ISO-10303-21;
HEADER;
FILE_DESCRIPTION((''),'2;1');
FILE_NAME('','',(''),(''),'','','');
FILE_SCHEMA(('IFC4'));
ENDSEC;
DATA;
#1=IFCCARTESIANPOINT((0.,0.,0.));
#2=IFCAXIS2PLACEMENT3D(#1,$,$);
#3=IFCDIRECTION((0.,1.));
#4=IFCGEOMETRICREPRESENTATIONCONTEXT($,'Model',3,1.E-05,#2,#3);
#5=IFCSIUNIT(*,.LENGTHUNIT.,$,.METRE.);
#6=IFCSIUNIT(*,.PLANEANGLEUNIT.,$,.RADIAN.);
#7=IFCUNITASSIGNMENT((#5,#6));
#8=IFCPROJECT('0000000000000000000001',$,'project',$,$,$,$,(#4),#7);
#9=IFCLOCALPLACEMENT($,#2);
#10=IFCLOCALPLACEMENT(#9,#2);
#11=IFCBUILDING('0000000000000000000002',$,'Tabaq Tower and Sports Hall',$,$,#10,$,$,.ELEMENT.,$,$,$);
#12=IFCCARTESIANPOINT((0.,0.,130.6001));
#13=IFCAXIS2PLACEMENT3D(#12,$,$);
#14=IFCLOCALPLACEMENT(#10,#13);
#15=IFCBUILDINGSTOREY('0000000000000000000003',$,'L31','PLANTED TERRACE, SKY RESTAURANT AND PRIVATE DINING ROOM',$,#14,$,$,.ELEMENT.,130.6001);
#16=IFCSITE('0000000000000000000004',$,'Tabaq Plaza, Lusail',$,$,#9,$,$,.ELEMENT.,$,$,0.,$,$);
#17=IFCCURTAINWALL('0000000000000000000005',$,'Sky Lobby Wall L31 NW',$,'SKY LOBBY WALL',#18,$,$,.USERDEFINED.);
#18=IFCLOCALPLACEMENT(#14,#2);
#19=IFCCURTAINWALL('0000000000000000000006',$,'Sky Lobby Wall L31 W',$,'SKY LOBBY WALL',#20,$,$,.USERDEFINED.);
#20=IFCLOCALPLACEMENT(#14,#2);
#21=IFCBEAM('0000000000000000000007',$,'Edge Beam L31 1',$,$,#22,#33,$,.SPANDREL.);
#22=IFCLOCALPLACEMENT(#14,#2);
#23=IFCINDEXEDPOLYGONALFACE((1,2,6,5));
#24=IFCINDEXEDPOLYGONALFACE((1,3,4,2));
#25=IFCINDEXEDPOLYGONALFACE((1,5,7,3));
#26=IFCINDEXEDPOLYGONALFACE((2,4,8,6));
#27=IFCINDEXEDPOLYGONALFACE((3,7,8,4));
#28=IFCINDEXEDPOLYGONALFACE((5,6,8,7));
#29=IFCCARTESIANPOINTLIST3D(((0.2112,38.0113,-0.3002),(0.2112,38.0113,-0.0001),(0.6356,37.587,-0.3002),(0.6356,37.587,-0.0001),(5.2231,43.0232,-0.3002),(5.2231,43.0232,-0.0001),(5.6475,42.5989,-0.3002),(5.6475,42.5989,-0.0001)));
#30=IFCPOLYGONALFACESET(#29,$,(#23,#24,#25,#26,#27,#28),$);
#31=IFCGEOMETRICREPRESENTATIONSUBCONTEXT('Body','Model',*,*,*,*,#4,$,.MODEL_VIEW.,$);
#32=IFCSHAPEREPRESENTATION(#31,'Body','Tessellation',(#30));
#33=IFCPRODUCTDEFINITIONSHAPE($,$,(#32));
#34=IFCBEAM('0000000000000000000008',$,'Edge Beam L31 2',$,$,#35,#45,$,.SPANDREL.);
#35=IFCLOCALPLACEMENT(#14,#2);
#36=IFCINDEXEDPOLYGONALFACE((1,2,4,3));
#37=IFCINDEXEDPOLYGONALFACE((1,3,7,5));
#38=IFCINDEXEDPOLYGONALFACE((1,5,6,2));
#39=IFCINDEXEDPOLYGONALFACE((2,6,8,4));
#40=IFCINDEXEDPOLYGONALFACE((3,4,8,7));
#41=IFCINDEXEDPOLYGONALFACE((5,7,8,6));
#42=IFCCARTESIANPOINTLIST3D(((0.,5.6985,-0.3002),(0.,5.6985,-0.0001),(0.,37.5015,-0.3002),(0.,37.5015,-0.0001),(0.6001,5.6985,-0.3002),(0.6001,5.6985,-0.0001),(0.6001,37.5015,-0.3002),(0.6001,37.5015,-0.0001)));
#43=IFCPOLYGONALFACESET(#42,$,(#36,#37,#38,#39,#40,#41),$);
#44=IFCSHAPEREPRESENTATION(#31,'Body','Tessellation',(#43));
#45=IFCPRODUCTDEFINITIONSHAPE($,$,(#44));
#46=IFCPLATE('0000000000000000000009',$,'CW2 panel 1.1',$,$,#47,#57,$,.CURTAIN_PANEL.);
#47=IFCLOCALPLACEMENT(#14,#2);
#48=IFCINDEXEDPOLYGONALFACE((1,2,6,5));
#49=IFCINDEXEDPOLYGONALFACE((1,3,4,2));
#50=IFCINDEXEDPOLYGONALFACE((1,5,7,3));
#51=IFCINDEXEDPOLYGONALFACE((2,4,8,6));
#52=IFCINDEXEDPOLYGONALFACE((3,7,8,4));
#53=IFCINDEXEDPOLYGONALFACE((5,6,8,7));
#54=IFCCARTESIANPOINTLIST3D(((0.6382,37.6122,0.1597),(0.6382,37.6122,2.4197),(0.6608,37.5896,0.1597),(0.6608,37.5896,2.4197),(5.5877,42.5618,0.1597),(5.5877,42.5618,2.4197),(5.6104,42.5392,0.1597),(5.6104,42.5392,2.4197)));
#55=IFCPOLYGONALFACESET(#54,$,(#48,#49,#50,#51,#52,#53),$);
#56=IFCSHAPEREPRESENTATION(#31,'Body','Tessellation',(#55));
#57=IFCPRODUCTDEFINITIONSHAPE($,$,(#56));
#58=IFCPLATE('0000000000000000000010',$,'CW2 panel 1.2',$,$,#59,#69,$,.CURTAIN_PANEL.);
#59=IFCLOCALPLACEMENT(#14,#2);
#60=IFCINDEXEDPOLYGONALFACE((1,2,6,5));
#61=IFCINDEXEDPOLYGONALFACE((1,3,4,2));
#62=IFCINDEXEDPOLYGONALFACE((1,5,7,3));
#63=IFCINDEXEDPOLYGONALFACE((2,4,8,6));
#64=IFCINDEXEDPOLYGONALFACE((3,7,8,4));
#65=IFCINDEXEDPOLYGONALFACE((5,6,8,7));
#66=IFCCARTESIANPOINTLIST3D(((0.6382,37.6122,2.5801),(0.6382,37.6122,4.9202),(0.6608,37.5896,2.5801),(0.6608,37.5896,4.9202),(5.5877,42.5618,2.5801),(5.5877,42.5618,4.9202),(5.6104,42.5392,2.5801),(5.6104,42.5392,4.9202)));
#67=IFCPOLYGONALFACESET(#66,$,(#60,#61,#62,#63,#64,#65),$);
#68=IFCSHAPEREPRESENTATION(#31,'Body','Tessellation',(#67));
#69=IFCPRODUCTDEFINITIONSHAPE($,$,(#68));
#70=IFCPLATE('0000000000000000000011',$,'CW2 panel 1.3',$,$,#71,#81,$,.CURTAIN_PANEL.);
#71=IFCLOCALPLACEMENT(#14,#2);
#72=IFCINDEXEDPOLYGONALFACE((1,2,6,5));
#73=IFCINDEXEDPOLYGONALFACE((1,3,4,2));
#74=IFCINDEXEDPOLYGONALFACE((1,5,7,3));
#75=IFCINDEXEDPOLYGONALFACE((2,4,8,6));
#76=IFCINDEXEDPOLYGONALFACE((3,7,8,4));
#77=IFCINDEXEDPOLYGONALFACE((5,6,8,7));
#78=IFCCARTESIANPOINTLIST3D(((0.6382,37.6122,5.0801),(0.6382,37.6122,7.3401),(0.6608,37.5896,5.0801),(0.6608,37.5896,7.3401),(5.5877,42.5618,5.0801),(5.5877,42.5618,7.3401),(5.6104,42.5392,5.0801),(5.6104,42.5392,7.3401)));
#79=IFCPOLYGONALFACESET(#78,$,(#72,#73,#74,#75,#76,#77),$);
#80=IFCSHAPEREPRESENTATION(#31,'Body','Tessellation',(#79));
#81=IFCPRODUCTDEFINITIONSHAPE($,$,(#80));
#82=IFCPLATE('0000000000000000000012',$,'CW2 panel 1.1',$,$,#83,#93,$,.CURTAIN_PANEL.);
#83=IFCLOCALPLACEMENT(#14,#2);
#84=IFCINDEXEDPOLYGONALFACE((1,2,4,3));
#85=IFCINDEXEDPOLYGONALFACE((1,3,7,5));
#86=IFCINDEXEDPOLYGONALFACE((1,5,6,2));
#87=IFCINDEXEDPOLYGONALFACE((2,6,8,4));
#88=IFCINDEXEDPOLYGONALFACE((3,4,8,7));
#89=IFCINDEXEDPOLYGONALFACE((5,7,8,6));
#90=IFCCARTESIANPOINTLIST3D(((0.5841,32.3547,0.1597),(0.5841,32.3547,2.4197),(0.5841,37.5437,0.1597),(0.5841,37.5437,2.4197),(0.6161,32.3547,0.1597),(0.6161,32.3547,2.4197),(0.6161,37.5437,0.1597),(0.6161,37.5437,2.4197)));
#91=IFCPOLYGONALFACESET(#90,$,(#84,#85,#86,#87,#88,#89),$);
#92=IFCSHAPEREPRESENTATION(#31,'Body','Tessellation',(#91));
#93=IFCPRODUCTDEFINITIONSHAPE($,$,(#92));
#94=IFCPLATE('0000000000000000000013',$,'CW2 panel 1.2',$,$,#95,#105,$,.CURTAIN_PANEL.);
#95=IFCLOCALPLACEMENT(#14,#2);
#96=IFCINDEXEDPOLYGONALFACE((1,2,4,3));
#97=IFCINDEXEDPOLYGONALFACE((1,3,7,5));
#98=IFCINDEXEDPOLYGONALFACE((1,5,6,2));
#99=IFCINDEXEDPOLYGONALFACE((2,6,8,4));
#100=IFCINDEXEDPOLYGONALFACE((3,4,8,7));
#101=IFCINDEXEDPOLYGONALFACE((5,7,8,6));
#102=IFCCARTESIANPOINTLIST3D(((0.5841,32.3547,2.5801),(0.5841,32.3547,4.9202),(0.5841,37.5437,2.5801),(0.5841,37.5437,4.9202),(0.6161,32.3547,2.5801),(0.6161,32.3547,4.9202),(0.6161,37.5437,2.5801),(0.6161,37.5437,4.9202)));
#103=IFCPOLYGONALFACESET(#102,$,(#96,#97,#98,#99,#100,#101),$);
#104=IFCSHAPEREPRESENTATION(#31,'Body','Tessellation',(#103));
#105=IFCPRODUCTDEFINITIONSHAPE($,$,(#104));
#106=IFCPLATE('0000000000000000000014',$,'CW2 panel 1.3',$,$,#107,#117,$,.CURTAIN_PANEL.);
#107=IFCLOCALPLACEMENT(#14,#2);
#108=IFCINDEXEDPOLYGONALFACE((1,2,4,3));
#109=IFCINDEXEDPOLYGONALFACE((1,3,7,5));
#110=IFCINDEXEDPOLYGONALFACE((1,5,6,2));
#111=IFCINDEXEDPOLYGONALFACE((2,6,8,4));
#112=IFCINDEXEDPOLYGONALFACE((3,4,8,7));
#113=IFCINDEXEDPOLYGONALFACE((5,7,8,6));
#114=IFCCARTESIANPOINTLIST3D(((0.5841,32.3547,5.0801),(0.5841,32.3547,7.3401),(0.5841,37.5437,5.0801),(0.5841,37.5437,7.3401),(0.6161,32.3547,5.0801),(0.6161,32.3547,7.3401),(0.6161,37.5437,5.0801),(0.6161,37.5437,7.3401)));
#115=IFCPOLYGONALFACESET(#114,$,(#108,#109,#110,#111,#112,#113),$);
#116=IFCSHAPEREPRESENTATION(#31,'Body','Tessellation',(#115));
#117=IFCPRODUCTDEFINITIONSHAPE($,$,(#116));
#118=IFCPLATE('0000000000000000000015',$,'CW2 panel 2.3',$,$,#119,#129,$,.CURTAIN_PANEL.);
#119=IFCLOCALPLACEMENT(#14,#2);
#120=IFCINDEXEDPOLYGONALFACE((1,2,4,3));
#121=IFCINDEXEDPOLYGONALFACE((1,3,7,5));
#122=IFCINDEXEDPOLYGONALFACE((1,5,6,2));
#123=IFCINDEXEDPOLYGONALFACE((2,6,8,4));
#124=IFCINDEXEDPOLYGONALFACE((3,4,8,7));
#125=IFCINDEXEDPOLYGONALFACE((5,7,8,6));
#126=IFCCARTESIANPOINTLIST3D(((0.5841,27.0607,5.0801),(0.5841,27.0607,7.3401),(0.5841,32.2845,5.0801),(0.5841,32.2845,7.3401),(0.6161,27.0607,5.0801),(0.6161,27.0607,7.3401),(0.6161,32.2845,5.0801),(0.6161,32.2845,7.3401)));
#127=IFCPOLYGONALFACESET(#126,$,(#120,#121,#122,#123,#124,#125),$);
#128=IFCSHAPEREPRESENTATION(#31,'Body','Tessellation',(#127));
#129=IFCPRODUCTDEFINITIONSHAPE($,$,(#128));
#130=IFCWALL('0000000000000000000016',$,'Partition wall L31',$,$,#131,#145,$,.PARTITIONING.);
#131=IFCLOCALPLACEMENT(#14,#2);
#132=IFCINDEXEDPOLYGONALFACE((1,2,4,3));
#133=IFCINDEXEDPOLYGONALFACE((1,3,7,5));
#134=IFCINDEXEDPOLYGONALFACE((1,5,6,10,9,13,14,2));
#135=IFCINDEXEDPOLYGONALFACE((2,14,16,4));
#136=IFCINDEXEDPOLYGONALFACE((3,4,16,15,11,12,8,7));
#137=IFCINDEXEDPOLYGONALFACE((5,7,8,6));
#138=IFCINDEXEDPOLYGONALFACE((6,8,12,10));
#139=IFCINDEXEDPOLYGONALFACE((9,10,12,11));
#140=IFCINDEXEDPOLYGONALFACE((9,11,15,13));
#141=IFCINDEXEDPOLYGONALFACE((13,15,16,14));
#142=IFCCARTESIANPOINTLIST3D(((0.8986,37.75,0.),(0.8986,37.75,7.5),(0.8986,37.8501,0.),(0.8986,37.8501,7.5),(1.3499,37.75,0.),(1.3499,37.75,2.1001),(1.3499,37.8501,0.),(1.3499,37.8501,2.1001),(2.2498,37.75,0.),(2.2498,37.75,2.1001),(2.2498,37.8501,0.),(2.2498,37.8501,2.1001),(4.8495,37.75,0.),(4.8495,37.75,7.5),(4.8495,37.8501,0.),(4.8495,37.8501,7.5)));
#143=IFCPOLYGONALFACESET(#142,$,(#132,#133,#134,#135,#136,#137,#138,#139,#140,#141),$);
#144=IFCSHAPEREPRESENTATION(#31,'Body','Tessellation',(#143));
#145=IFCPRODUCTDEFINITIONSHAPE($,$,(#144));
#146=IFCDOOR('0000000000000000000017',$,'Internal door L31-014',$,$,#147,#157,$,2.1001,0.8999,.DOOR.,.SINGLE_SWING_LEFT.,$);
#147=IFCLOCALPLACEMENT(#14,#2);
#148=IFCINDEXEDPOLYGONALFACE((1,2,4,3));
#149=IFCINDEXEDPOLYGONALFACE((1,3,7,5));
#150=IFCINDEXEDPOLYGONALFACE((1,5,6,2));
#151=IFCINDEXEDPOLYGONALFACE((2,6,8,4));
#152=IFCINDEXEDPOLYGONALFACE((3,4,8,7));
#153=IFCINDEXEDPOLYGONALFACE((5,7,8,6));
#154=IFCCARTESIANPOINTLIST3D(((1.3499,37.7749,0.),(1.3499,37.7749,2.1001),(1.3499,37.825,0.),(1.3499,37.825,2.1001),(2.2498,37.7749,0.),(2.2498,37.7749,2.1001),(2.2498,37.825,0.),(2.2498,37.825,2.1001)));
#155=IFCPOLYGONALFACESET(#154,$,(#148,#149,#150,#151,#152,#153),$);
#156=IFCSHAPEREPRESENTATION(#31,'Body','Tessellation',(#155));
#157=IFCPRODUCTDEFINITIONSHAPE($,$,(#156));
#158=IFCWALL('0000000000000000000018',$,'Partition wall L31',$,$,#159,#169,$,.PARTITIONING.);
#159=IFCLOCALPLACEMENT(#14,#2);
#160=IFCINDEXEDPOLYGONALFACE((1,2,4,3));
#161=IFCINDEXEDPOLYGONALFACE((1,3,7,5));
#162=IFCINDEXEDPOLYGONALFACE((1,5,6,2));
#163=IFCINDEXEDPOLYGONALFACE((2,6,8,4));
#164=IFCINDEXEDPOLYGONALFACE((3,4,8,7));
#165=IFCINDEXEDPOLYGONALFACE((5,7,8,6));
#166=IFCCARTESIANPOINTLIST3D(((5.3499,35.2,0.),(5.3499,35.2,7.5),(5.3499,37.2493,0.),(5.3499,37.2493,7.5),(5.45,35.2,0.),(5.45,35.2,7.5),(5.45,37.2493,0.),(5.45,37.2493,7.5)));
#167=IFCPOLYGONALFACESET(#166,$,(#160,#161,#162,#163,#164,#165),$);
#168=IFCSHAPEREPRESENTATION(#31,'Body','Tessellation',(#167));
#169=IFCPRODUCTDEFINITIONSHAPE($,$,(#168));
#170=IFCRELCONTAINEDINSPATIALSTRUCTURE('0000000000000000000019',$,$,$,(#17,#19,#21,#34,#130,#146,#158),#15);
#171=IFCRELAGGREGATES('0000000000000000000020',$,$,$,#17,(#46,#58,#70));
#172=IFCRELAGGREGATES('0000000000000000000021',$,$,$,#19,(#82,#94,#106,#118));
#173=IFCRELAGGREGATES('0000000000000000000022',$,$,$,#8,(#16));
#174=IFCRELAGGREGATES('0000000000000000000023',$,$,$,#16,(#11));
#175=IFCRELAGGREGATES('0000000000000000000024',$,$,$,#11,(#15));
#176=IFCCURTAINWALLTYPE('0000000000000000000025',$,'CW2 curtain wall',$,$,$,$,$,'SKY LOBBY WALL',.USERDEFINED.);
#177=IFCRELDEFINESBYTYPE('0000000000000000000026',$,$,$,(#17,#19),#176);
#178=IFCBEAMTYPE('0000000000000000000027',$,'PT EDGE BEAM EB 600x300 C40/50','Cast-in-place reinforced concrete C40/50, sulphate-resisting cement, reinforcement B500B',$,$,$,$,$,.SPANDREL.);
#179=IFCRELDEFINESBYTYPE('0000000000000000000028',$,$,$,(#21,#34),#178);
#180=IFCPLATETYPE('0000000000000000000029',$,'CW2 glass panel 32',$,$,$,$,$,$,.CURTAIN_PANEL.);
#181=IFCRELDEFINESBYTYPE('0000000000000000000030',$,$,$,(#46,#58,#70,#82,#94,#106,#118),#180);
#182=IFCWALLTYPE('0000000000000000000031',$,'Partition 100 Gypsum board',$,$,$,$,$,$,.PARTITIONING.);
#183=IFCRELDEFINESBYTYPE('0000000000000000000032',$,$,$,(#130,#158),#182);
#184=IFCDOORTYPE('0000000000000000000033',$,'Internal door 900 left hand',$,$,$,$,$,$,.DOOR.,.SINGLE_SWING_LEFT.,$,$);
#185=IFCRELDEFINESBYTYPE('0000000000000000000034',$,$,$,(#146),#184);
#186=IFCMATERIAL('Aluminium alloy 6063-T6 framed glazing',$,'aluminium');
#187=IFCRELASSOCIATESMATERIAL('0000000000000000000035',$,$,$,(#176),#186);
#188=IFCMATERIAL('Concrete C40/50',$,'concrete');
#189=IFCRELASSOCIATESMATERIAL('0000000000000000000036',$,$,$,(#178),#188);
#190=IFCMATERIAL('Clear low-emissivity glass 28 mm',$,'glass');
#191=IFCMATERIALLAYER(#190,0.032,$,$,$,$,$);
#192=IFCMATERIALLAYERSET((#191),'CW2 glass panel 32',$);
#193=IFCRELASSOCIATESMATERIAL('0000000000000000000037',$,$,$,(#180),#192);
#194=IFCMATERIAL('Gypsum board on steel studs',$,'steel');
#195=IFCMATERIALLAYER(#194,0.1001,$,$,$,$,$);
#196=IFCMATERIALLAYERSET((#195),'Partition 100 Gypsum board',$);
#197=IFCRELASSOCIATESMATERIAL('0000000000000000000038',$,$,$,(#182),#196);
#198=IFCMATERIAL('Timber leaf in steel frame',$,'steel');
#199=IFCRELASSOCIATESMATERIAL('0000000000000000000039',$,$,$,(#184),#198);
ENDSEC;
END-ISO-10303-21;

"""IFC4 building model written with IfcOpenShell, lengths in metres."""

from ifc_helpers import new_model, si_unit, direction, frame, frame_2d, origin, origin_2d, place, context, subcontext, project, spatial, rectangle, extrude, material, layer, layer_set, material_profile, profile_set, type_object, element, fill, aggregate, save


model = new_model("IFC4")

# Units and contexts
model_context = context("Model", 3, precision=1e-05, world=origin(), true_north=direction((0.0, 1.0)))
body_context = subcontext(model_context, "Body", "Model", "MODEL_VIEW")
ifc_project = project(units=[si_unit("LENGTHUNIT", "METRE"), si_unit("PLANEANGLEUNIT", "RADIAN")], contexts=[model_context])

# Site, building, storey
site_placement = place(None, origin())
site = spatial("IfcSite", under=ifc_project, at=site_placement, Name="Tabaq Plaza, Lusail", CompositionType="ELEMENT", RefElevation=0.0)
building_placement = place(site_placement, origin())
building = spatial("IfcBuilding", under=site, at=building_placement, Name="Tabaq Tower and Sports Hall", CompositionType="ELEMENT")
storey_placement = place(building_placement, frame((0.0, 0.0, 130.6001)))
storey = spatial("IfcBuildingStorey", under=building, at=storey_placement, Name="L31", Description="PLANTED TERRACE, SKY RESTAURANT AND PRIVATE DINING ROOM", CompositionType="ELEMENT", Elevation=130.6001)

# Curtain wall
ifc_material_1 = material(Name="Aluminium alloy 6063-T6 framed glazing", Category="aluminium")
curtain_wall_type = type_object("IfcCurtainWallType", Name="CW2 curtain wall", ElementType="SKY LOBBY WALL", PredefinedType="USERDEFINED", material=ifc_material_1)
curtain_wall_1_placement = place(storey_placement, origin())
curtain_wall_1 = element("IfcCurtainWall", 1, at=curtain_wall_1_placement, inside=storey, type_object=curtain_wall_type, Name="Sky Lobby Wall L31 NW", ObjectType="SKY LOBBY WALL", PredefinedType="USERDEFINED")

# Curtain wall
curtain_wall_2_placement = place(storey_placement, origin())
curtain_wall_2 = element("IfcCurtainWall", 2, at=curtain_wall_2_placement, inside=storey, type_object=curtain_wall_type, Name="Sky Lobby Wall L31 W", ObjectType="SKY LOBBY WALL", PredefinedType="USERDEFINED")

# Beams
ifc_material_2 = material(Name="Concrete C40/50", Category="concrete")
ifc_material_profile_1 = material_profile(ifc_material_2, rectangle(XDim=0.6001, YDim=0.3, at=origin_2d()), Name="EB 600x300")
ifc_profile_set_1 = profile_set([ifc_material_profile_1], Name="Concrete C40/50")
beam_type_1 = type_object("IfcBeamType", Name="PT EDGE BEAM EB 600x300 C40/50", Description="Cast-in-place reinforced concrete C40/50, sulphate-resisting cement, reinforcement B500B", PredefinedType="SPANDREL", material=ifc_profile_set_1)
beam_1_placement = place(storey_placement, frame((5.4353, 42.811, -0.1501), z_axis=(-0.707107, -0.707107, 0.0), x_axis=(0.707107, -0.707107, 0.0)))
element("IfcBeam", 3, at=beam_1_placement, inside=storey, type_object=beam_type_1, Name="Edge Beam L31 1", PredefinedType="SPANDREL", context=body_context, shape_type="SweptSolid", body=[
    extrude(rectangle(XDim=0.6001, YDim=0.3, at=origin_2d()), origin(), (0.0, 0.0, 1.0), 7.0879),
])
beam_2_placement = place(storey_placement, frame((0.3, 37.5015, -0.1501), z_axis=(0.0, -1.0, 0.0), x_axis=(1.0, 0.0, 0.0)))
element("IfcBeam", 4, at=beam_2_placement, inside=storey, type_object=beam_type_1, Name="Edge Beam L31 2", PredefinedType="SPANDREL", context=body_context, shape_type="SweptSolid", body=[
    extrude(rectangle(XDim=0.6001, YDim=0.3, at=origin_2d()), origin(), (0.0, 0.0, 1.0), 31.803),
])

# Plates
ifc_material_3 = material(Name="Clear low-emissivity glass 28 mm", Category="glass")
ifc_layer_1 = layer(ifc_material_3, 0.032)
ifc_layer_set_1 = layer_set([ifc_layer_1], Name="CW2 glass panel 32")
plate_type = type_object("IfcPlateType", Name="CW2 glass panel 32", PredefinedType="CURTAIN_PANEL", material=ifc_layer_set_1)
plate_1_placement = place(storey_placement, frame((3.1243, 40.0757, 0.1597), z_axis=(0.0, 0.0, 1.0), x_axis=(-0.707107, -0.707107, 0.0)))
plate_1 = element("IfcPlate", 5, at=plate_1_placement, type_object=plate_type, Name="CW2 panel 1.1", PredefinedType="CURTAIN_PANEL", context=body_context, shape_type="SweptSolid", body=[
    extrude(rectangle(XDim=6.9998, YDim=0.032, at=origin_2d()), origin(), (0.0, 0.0, 1.0), 2.26),
])
plate_2_placement = place(storey_placement, frame((3.1243, 40.0757, 2.5801), z_axis=(0.0, 0.0, 1.0), x_axis=(-0.707107, -0.707107, 0.0)))
plate_2 = element("IfcPlate", 6, at=plate_2_placement, type_object=plate_type, Name="CW2 panel 1.2", PredefinedType="CURTAIN_PANEL", context=body_context, shape_type="SweptSolid", body=[
    extrude(rectangle(XDim=6.9998, YDim=0.032, at=origin_2d()), origin(), (0.0, 0.0, 1.0), 2.3401),
])
plate_3_placement = place(storey_placement, frame((3.1243, 40.0757, 5.0801), z_axis=(0.0, 0.0, 1.0), x_axis=(-0.707107, -0.707107, 0.0)))
plate_3 = element("IfcPlate", 7, at=plate_3_placement, type_object=plate_type, Name="CW2 panel 1.3", PredefinedType="CURTAIN_PANEL", context=body_context, shape_type="SweptSolid", body=[
    extrude(rectangle(XDim=6.9998, YDim=0.032, at=origin_2d()), origin(), (0.0, 0.0, 1.0), 2.26),
])
aggregate(curtain_wall_1, [plate_1, plate_2, plate_3])
plate_4_placement = place(storey_placement, frame((0.6001, 34.9492, 0.1597), z_axis=(0.0, 0.0, 1.0), x_axis=(0.0, -1.0, 0.0)))
plate_4 = element("IfcPlate", 8, at=plate_4_placement, type_object=plate_type, Name="CW2 panel 1.1", PredefinedType="CURTAIN_PANEL", context=body_context, shape_type="SweptSolid", body=[
    extrude(rectangle(XDim=5.189, YDim=0.032, at=origin_2d()), origin(), (0.0, 0.0, 1.0), 2.26),
])
plate_5_placement = place(storey_placement, frame((0.6001, 34.9492, 2.5801), z_axis=(0.0, 0.0, 1.0), x_axis=(0.0, -1.0, 0.0)))
plate_5 = element("IfcPlate", 9, at=plate_5_placement, type_object=plate_type, Name="CW2 panel 1.2", PredefinedType="CURTAIN_PANEL", context=body_context, shape_type="SweptSolid", body=[
    extrude(rectangle(XDim=5.189, YDim=0.032, at=origin_2d()), origin(), (0.0, 0.0, 1.0), 2.3401),
])
plate_6_placement = place(storey_placement, frame((0.6001, 34.9492, 5.0801), z_axis=(0.0, 0.0, 1.0), x_axis=(0.0, -1.0, 0.0)))
plate_6 = element("IfcPlate", 10, at=plate_6_placement, type_object=plate_type, Name="CW2 panel 1.3", PredefinedType="CURTAIN_PANEL", context=body_context, shape_type="SweptSolid", body=[
    extrude(rectangle(XDim=5.189, YDim=0.032, at=origin_2d()), origin(), (0.0, 0.0, 1.0), 2.26),
])
plate_7_placement = place(storey_placement, frame((0.6001, 29.6726, 5.0801), z_axis=(0.0, 0.0, 1.0), x_axis=(0.0, -1.0, 0.0)))
plate_7 = element("IfcPlate", 11, at=plate_7_placement, type_object=plate_type, Name="CW2 panel 2.3", PredefinedType="CURTAIN_PANEL", context=body_context, shape_type="SweptSolid", body=[
    extrude(rectangle(XDim=5.2239, YDim=0.032, at=origin_2d()), origin(), (0.0, 0.0, 1.0), 2.26),
])
aggregate(curtain_wall_2, [plate_4, plate_5, plate_6, plate_7])

# Wall, opening, door
ifc_material_4 = material(Name="Gypsum board on steel studs", Category="steel")
ifc_layer_2 = layer(ifc_material_4, 0.1001)
ifc_layer_set_2 = layer_set([ifc_layer_2], Name="Partition 100 Gypsum board")
wall_type_1 = type_object("IfcWallType", Name="Partition 100 Gypsum board", PredefinedType="PARTITIONING", material=ifc_layer_set_2)
wall_1_placement = place(storey_placement, frame((0.8984, 37.8, 0.0), z_axis=(0.0, 0.0, 1.0), x_axis=(1.0, 0.0, 0.0)))
wall_1 = element("IfcWall", 12, at=wall_1_placement, inside=storey, type_object=wall_type_1, Name="Partition wall L31", PredefinedType="PARTITIONING", context=body_context, shape_type="SweptSolid", body=[
    extrude(rectangle(XDim=3.9509, YDim=0.1001, at=frame_2d((1.9756, 0.0))), origin(), (0.0, 0.0, 1.0), 7.5),
])
opening_1_placement = place(wall_1_placement, frame((0.4514, 0.0, 0.0)))
opening_1 = element("IfcOpeningElement", 13, at=opening_1_placement, cuts=wall_1, PredefinedType="OPENING", context=body_context, shape_type="SweptSolid", body=[
    extrude(rectangle(XDim=0.8999, YDim=2.1001, at=frame_2d((0.45, 1.05))), frame((0.0, 0.05, 0.0), z_axis=(0.0, -1.0, 0.0), x_axis=(1.0, 0.0, 0.0)), (0.0, 0.0, 1.0), 0.1001),
])
ifc_material_5 = material(Name="Timber leaf in steel frame", Category="steel")
door_type_1 = type_object("IfcDoorType", Name="Internal door 900 left hand", OperationType="SINGLE_SWING_LEFT", PredefinedType="DOOR", material=ifc_material_5)
door_1_placement = place(opening_1_placement, origin())
door_1 = element("IfcDoor", 14, at=door_1_placement, inside=storey, type_object=door_type_1, Name="Internal door L31-014", OperationType="SINGLE_SWING_LEFT", OverallHeight=2.1001, OverallWidth=0.8999, PredefinedType="DOOR", context=body_context, shape_type="SweptSolid", body=[
    extrude(rectangle(XDim=0.8999, YDim=2.1001, at=frame_2d((0.45, 1.05))), frame((0.0, 0.0249, 0.0), z_axis=(0.0, -1.0, 0.0), x_axis=(1.0, 0.0, 0.0)), (0.0, 0.0, 1.0), 0.05),
])
fill(opening_1, door_1)

# Wall
wall_2_placement = place(storey_placement, frame((5.3999, 37.2493, 0.0), z_axis=(0.0, 0.0, 1.0), x_axis=(0.0, -1.0, 0.0)))
element("IfcWall", 15, at=wall_2_placement, inside=storey, type_object=wall_type_1, Name="Partition wall L31", PredefinedType="PARTITIONING", context=body_context, shape_type="SweptSolid", body=[
    extrude(rectangle(XDim=2.0493, YDim=0.1001, at=frame_2d((1.0247, 0.0))), origin(), (0.0, 0.0, 1.0), 7.5),
])

save(model, "model.ifc")
